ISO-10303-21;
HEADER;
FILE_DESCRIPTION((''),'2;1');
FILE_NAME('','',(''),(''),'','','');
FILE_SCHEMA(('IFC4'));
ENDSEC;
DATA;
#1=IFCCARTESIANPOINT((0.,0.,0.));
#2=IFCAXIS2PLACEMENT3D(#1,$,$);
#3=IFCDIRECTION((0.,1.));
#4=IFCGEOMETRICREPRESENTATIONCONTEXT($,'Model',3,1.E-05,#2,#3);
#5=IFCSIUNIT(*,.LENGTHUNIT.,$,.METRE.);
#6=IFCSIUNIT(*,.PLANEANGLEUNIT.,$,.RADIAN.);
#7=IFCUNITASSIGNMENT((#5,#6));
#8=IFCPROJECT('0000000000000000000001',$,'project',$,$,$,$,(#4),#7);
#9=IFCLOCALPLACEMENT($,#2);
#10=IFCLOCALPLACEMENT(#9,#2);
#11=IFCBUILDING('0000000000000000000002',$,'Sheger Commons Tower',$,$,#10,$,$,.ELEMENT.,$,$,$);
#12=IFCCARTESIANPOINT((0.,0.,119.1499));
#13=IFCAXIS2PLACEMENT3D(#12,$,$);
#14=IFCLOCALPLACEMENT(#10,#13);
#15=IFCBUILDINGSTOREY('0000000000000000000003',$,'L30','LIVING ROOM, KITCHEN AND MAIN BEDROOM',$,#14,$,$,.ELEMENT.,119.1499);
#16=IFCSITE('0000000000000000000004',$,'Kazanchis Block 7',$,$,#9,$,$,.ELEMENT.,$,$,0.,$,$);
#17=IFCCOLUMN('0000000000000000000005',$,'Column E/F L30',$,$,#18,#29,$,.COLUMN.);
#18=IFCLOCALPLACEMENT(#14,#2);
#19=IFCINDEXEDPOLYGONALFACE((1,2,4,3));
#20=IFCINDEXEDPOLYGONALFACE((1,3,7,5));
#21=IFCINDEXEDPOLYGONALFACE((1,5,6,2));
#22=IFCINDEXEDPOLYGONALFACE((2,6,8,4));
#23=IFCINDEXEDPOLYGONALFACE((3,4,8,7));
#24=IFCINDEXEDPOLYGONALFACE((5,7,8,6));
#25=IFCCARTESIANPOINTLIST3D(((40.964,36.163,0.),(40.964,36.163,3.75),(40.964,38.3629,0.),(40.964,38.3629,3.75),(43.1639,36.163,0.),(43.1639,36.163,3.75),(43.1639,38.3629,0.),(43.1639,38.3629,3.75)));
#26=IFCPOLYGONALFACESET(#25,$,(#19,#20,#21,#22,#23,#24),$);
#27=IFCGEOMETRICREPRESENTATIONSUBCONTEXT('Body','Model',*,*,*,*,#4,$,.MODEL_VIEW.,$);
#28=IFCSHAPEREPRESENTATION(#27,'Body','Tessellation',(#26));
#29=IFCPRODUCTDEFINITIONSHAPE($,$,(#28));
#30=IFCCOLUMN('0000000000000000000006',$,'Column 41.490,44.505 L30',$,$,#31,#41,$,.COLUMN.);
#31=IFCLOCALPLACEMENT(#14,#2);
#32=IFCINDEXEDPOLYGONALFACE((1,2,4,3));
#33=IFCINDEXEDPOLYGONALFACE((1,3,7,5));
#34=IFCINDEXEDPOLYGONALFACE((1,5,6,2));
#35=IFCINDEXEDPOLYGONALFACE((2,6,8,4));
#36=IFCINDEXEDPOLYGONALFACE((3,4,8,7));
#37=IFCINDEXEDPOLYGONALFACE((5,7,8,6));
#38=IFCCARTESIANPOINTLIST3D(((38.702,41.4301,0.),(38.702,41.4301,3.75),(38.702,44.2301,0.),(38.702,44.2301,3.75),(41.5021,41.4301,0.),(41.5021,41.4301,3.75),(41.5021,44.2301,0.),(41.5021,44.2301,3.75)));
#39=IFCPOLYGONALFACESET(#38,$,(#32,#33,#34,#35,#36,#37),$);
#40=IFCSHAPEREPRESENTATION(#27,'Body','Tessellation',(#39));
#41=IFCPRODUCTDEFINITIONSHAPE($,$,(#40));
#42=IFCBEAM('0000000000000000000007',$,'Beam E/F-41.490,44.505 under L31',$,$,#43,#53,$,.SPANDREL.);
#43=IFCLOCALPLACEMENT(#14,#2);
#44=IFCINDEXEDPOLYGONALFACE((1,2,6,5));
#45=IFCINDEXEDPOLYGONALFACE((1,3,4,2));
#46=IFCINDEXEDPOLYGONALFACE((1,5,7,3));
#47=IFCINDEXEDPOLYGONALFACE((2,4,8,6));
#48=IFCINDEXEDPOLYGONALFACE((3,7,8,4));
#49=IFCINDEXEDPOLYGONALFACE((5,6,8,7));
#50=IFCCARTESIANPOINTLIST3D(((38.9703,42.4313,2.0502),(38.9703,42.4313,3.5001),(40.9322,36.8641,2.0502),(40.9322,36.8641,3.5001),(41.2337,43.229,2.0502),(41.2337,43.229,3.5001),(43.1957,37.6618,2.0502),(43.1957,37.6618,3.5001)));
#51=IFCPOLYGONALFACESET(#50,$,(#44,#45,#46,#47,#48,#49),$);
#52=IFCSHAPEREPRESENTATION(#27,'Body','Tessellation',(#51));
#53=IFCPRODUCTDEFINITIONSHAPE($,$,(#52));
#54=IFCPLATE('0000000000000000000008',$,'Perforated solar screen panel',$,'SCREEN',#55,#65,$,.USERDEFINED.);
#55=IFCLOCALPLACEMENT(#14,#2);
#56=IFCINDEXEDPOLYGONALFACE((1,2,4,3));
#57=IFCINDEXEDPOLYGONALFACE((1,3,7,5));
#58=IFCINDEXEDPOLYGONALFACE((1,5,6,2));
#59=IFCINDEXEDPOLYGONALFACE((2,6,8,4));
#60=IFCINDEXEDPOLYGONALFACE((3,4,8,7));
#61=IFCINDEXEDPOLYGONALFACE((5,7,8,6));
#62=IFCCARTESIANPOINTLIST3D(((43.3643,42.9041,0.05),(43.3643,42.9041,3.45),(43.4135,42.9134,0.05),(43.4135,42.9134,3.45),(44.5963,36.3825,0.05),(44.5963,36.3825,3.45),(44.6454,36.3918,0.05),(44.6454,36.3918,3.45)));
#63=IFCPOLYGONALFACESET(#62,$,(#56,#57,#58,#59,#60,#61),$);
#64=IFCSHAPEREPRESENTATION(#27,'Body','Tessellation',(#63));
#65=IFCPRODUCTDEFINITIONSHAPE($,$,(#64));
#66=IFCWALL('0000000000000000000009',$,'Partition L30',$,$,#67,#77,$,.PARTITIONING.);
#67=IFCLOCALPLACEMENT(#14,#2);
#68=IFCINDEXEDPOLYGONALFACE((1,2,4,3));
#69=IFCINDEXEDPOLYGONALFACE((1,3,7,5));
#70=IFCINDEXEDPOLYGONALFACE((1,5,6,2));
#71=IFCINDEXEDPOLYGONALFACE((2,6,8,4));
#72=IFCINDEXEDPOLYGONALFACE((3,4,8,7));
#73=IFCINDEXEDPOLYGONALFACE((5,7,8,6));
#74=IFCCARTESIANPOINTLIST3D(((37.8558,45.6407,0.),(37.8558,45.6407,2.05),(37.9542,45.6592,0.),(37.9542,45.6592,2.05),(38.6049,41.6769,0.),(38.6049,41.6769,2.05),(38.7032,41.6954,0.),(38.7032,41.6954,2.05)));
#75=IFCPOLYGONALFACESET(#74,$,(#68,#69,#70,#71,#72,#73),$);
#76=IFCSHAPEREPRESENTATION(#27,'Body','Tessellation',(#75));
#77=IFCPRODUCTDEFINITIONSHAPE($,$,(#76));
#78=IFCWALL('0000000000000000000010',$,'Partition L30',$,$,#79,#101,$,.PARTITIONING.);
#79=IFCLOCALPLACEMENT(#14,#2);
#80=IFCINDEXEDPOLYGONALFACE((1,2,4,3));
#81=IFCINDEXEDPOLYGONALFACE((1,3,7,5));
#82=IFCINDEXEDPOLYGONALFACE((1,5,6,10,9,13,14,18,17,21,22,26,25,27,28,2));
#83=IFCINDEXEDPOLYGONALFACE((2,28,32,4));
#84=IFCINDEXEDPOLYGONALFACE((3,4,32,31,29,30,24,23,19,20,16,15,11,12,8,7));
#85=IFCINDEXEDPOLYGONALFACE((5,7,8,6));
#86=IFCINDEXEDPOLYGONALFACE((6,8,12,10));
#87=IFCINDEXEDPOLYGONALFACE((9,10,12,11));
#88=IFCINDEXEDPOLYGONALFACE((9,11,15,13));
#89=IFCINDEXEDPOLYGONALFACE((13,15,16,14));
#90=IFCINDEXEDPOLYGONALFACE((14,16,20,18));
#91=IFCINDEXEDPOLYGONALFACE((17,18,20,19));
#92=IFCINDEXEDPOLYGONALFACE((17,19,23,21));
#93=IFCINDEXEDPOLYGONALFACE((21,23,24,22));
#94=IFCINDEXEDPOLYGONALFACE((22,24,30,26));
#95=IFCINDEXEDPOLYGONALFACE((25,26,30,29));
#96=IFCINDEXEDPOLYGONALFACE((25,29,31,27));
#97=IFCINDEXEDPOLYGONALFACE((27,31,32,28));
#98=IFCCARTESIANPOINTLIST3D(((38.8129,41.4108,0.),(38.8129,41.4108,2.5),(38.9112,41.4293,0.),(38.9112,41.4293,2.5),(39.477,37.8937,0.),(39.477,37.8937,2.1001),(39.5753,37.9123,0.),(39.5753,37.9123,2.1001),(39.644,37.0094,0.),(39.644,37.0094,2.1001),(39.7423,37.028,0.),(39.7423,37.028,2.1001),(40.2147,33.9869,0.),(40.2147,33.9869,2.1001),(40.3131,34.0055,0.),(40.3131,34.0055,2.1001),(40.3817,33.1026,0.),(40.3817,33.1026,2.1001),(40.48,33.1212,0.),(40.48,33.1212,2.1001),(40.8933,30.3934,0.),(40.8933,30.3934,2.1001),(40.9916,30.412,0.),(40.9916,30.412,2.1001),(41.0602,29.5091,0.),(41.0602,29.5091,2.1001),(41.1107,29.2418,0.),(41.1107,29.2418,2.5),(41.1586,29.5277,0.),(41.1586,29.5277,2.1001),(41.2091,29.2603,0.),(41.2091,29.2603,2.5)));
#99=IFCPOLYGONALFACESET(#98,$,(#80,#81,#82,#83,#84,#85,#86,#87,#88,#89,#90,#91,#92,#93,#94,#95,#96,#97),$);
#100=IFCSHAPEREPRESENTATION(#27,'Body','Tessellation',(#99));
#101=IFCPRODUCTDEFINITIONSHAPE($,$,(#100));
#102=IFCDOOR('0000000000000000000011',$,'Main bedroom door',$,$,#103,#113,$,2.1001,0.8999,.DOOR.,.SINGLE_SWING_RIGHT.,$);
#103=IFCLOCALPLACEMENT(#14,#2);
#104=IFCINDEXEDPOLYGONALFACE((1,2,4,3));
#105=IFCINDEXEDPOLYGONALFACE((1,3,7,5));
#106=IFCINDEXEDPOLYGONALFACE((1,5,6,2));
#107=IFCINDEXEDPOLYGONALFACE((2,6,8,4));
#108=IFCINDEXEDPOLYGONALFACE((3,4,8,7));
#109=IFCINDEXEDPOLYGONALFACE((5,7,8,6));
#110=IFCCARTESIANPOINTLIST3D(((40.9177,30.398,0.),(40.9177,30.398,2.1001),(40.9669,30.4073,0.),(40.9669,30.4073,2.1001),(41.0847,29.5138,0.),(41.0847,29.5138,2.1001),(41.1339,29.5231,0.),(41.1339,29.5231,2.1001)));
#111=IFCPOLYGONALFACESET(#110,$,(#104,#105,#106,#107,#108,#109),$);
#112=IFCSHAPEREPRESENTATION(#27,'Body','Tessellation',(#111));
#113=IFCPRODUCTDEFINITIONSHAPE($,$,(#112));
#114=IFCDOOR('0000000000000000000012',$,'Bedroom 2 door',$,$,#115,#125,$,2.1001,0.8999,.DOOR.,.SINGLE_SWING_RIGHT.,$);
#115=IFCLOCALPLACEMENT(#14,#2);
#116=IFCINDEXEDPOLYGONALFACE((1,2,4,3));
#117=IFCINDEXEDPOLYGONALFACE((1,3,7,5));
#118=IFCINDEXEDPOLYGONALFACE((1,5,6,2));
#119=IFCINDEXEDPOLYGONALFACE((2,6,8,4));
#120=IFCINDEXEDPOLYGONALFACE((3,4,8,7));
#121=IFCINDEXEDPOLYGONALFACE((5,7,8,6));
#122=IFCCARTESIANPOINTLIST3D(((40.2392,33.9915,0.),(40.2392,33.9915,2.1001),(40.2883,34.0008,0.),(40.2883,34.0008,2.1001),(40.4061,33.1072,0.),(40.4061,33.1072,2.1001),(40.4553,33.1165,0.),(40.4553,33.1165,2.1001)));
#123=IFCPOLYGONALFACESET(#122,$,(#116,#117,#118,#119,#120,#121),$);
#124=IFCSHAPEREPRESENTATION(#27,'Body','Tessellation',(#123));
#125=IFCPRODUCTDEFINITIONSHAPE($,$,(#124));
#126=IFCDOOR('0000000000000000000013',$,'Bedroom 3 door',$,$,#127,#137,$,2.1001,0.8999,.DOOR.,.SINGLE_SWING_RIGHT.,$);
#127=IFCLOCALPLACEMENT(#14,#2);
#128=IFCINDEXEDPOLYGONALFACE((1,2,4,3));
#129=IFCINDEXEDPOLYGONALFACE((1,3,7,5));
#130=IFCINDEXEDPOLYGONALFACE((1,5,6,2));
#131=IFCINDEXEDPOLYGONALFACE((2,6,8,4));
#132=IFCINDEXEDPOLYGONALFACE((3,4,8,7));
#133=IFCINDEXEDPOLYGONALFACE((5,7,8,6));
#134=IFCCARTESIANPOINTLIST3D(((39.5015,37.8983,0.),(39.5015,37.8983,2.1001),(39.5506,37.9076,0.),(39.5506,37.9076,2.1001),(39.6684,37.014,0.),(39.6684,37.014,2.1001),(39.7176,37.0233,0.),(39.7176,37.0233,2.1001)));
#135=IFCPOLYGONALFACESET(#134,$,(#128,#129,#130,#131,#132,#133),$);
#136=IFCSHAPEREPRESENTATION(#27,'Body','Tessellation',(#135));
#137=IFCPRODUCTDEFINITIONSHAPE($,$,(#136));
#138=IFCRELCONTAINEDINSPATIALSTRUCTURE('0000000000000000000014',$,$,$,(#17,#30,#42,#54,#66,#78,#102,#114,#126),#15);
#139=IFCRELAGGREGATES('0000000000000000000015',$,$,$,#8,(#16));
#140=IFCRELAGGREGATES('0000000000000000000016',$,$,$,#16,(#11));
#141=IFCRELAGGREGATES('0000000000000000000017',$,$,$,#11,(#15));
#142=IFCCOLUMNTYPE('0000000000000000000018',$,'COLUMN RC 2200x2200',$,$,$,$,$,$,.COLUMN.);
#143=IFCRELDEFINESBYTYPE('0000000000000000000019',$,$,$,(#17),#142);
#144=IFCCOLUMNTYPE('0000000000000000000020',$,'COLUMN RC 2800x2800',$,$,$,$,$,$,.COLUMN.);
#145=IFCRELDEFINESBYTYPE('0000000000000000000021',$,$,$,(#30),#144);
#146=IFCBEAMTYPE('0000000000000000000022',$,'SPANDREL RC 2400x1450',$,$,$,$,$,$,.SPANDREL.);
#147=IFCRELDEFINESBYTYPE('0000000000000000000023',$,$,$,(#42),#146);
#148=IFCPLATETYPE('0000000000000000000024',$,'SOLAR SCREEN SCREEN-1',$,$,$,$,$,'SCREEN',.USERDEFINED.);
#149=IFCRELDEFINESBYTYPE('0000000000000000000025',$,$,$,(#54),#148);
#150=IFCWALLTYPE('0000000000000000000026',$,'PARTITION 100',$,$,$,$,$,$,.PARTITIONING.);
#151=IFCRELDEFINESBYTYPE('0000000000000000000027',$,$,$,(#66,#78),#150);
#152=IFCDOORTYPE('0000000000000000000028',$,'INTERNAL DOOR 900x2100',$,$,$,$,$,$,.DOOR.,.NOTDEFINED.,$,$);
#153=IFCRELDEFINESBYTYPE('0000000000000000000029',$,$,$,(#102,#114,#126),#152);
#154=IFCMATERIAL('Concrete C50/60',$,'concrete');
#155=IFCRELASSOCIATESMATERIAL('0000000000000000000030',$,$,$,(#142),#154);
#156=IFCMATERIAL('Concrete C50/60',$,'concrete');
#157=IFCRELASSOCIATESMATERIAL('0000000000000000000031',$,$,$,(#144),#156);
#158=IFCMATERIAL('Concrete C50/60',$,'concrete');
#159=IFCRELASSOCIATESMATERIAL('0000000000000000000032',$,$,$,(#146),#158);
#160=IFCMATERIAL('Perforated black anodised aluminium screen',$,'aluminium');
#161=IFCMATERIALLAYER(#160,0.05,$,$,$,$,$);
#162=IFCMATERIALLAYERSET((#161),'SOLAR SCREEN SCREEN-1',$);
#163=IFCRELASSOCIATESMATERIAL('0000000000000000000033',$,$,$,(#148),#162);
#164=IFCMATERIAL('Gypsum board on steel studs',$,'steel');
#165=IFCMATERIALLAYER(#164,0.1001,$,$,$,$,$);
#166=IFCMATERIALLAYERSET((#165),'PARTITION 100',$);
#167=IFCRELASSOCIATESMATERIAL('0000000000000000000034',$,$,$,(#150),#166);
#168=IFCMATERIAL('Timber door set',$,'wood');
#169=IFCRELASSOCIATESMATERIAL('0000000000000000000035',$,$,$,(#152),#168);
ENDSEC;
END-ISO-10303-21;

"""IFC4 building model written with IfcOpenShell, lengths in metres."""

from ifc_helpers import new_model, si_unit, direction, frame, frame_2d, origin, origin_2d, place, context, subcontext, project, spatial, rectangle, extrude, material, layer, layer_set, material_profile, profile_set, type_object, element, fill, save


model = new_model("IFC4")

# Units and contexts
model_context = context("Model", 3, precision=1e-05, world=origin(), true_north=direction((0.0, 1.0)))
body_context = subcontext(model_context, "Body", "Model", "MODEL_VIEW")
ifc_project = project(units=[si_unit("LENGTHUNIT", "METRE"), si_unit("PLANEANGLEUNIT", "RADIAN")], contexts=[model_context])

# Site, building, storey
site_placement = place(None, origin())
site = spatial("IfcSite", under=ifc_project, at=site_placement, Name="Kazanchis Block 7", CompositionType="ELEMENT", RefElevation=0.0)
building_placement = place(site_placement, origin())
building = spatial("IfcBuilding", under=site, at=building_placement, Name="Sheger Commons Tower", CompositionType="ELEMENT")
storey_placement = place(building_placement, frame((0.0, 0.0, 119.1499)))
storey = spatial("IfcBuildingStorey", under=building, at=storey_placement, Name="L30", Description="LIVING ROOM, KITCHEN AND MAIN BEDROOM", CompositionType="ELEMENT", Elevation=119.1499)

# Columns
ifc_material_1 = material(Name="Concrete C50/60", Category="concrete")
ifc_material_profile_1 = material_profile(ifc_material_1, rectangle(XDim=2.2, YDim=2.2, at=origin_2d()), Name="RC 2200x2200")
ifc_profile_set_1 = profile_set([ifc_material_profile_1], Name="Concrete C50/60")
column_type_1 = type_object("IfcColumnType", Name="COLUMN RC 2200x2200", PredefinedType="COLUMN", material=ifc_profile_set_1)
column_1_placement = place(storey_placement, frame((42.064, 37.2629, 0.0), z_axis=(0.0, 0.0, 1.0), x_axis=(1.0, 0.0, 0.0)))
element("IfcColumn", 1, at=column_1_placement, inside=storey, type_object=column_type_1, Name="Column E/F L30", PredefinedType="COLUMN", context=body_context, shape_type="SweptSolid", body=[
    extrude(rectangle(XDim=2.2, YDim=2.2, at=origin_2d()), origin(), (0.0, 0.0, 1.0), 3.75),
])
ifc_material_2 = material(Name="Concrete C50/60", Category="concrete")
ifc_material_profile_2 = material_profile(ifc_material_2, rectangle(XDim=2.8, YDim=2.8, at=origin_2d()), Name="RC 2800x2800")
ifc_profile_set_2 = profile_set([ifc_material_profile_2], Name="Concrete C50/60")
column_type_2 = type_object("IfcColumnType", Name="COLUMN RC 2800x2800", PredefinedType="COLUMN", material=ifc_profile_set_2)
column_2_placement = place(storey_placement, frame((40.1021, 42.8301, 0.0), z_axis=(0.0, 0.0, 1.0), x_axis=(1.0, 0.0, 0.0)))
element("IfcColumn", 2, at=column_2_placement, inside=storey, type_object=column_type_2, Name="Column 41.490,44.505 L30", PredefinedType="COLUMN", context=body_context, shape_type="SweptSolid", body=[
    extrude(rectangle(XDim=2.8, YDim=2.8, at=origin_2d()), origin(), (0.0, 0.0, 1.0), 3.75),
])

# Beam
ifc_material_3 = material(Name="Concrete C50/60", Category="concrete")
ifc_material_profile_3 = material_profile(ifc_material_3, rectangle(XDim=2.3999, YDim=1.45, at=origin_2d()), Name="RC 2400x1450")
ifc_profile_set_3 = profile_set([ifc_material_profile_3], Name="Concrete C50/60")
beam_type = type_object("IfcBeamType", Name="SPANDREL RC 2400x1450", PredefinedType="SPANDREL", material=ifc_profile_set_3)
beam_placement = place(storey_placement, frame((42.064, 37.2629, 2.7751), z_axis=(-0.332374, 0.943148, 0.0), x_axis=(-0.943148, -0.332374, 0.0)))
element("IfcBeam", 3, at=beam_placement, inside=storey, type_object=beam_type, Name="Beam E/F-41.490,44.505 under L31", PredefinedType="SPANDREL", context=body_context, shape_type="SweptSolid", body=[
    extrude(rectangle(XDim=2.3999, YDim=1.45, at=origin_2d()), origin(), (0.0, 0.0, 1.0), 5.9028),
])

# Plate
ifc_material_4 = material(Name="Perforated black anodised aluminium screen", Category="aluminium")
ifc_layer_1 = layer(ifc_material_4, 0.05)
ifc_layer_set_1 = layer_set([ifc_layer_1], Name="SOLAR SCREEN SCREEN-1")
plate_type = type_object("IfcPlateType", Name="SOLAR SCREEN SCREEN-1", ElementType="SCREEN", PredefinedType="USERDEFINED", material=ifc_layer_set_1)
plate_placement = place(storey_placement, frame((44.0049, 39.6479, 0.05), z_axis=(0.0, 0.0, 1.0), x_axis=(-0.185615, 0.982623, 0.0)))
element("IfcPlate", 4, at=plate_placement, inside=storey, type_object=plate_type, Name="Perforated solar screen panel", ObjectType="SCREEN", PredefinedType="USERDEFINED", context=body_context, shape_type="SweptSolid", body=[
    extrude(rectangle(XDim=6.637, YDim=0.05, at=origin_2d()), origin(), (0.0, 0.0, 1.0), 3.3999),
])

# Wall
ifc_material_5 = material(Name="Gypsum board on steel studs", Category="steel")
ifc_layer_2 = layer(ifc_material_5, 0.1001)
ifc_layer_set_2 = layer_set([ifc_layer_2], Name="PARTITION 100")
wall_type = type_object("IfcWallType", Name="PARTITION 100", PredefinedType="PARTITIONING", material=ifc_layer_set_2)
wall_1_placement = place(storey_placement, frame((38.6541, 41.686, 0.0), z_axis=(0.0, 0.0, 1.0), x_axis=(-0.185677, 0.982611, 0.0)))
element("IfcWall", 5, at=wall_1_placement, inside=storey, type_object=wall_type, Name="Partition L30", PredefinedType="PARTITIONING", context=body_context, shape_type="SweptSolid", body=[
    extrude(rectangle(XDim=4.0339, YDim=0.1001, at=frame_2d((2.0171, 0.0))), origin(), (0.0, 0.0, 1.0), 2.05),
])

# Wall, openings, doors
wall_2_placement = place(storey_placement, frame((38.8621, 41.4199, 0.0), z_axis=(0.0, 0.0, 1.0), x_axis=(0.18555, -0.982635, 0.0)))
wall_2 = element("IfcWall", 6, at=wall_2_placement, inside=storey, type_object=wall_type, Name="Partition L30", PredefinedType="PARTITIONING", context=body_context, shape_type="SweptSolid", body=[
    extrude(rectangle(XDim=12.384, YDim=0.1001, at=frame_2d((6.1919, 0.0))), origin(), (0.0, 0.0, 1.0), 2.5),
])
opening_1_placement = place(wall_2_placement, frame((11.2119, 0.0, 0.0)))
opening_1 = element("IfcOpeningElement", 7, at=opening_1_placement, cuts=wall_2, PredefinedType="OPENING", context=body_context, shape_type="SweptSolid", body=[
    extrude(rectangle(XDim=0.8999, YDim=2.1001, at=frame_2d((0.45, 1.05))), frame((0.0, 0.0601, 0.0), z_axis=(0.0, -1.0, 0.0), x_axis=(1.0, 0.0, 0.0)), (0.0, 0.0, 1.0), 0.1201),
])
opening_2_placement = place(wall_2_placement, frame((7.5549, 0.0, 0.0)))
opening_2 = element("IfcOpeningElement", 8, at=opening_2_placement, cuts=wall_2, PredefinedType="OPENING", context=body_context, shape_type="SweptSolid", body=[
    extrude(rectangle(XDim=0.8999, YDim=2.1001, at=frame_2d((0.45, 1.05))), frame((0.0, 0.0601, 0.0), z_axis=(0.0, -1.0, 0.0), x_axis=(1.0, 0.0, 0.0)), (0.0, 0.0, 1.0), 0.1201),
])
opening_3_placement = place(wall_2_placement, frame((3.5791, 0.0, 0.0)))
opening_3 = element("IfcOpeningElement", 9, at=opening_3_placement, cuts=wall_2, PredefinedType="OPENING", context=body_context, shape_type="SweptSolid", body=[
    extrude(rectangle(XDim=0.8999, YDim=2.1001, at=frame_2d((0.45, 1.05))), frame((0.0, 0.0601, 0.0), z_axis=(0.0, -1.0, 0.0), x_axis=(1.0, 0.0, 0.0)), (0.0, 0.0, 1.0), 0.1201),
])
ifc_material_6 = material(Name="Timber door set", Category="wood")
door_type = type_object("IfcDoorType", Name="INTERNAL DOOR 900x2100", OperationType="NOTDEFINED", PredefinedType="DOOR", material=ifc_material_6)
door_1_placement = place(opening_1_placement, origin())
door_1 = element("IfcDoor", 10, at=door_1_placement, inside=storey, type_object=door_type, Name="Main bedroom door", OperationType="SINGLE_SWING_RIGHT", OverallHeight=2.1001, OverallWidth=0.8999, PredefinedType="DOOR", context=body_context, shape_type="SweptSolid", body=[
    extrude(rectangle(XDim=0.8999, YDim=2.1001, at=frame_2d((0.45, 1.05))), frame((0.0, 0.0249, 0.0), z_axis=(0.0, -1.0, 0.0), x_axis=(1.0, 0.0, 0.0)), (0.0, 0.0, 1.0), 0.05),
])
fill(opening_1, door_1)
door_2_placement = place(opening_2_placement, origin())
door_2 = element("IfcDoor", 11, at=door_2_placement, inside=storey, type_object=door_type, Name="Bedroom 2 door", OperationType="SINGLE_SWING_RIGHT", OverallHeight=2.1001, OverallWidth=0.8999, PredefinedType="DOOR", context=body_context, shape_type="SweptSolid", body=[
    extrude(rectangle(XDim=0.8999, YDim=2.1001, at=frame_2d((0.45, 1.05))), frame((0.0, 0.0249, 0.0), z_axis=(0.0, -1.0, 0.0), x_axis=(1.0, 0.0, 0.0)), (0.0, 0.0, 1.0), 0.05),
])
fill(opening_2, door_2)
door_3_placement = place(opening_3_placement, origin())
door_3 = element("IfcDoor", 12, at=door_3_placement, inside=storey, type_object=door_type, Name="Bedroom 3 door", OperationType="SINGLE_SWING_RIGHT", OverallHeight=2.1001, OverallWidth=0.8999, PredefinedType="DOOR", context=body_context, shape_type="SweptSolid", body=[
    extrude(rectangle(XDim=0.8999, YDim=2.1001, at=frame_2d((0.45, 1.05))), frame((0.0, 0.0249, 0.0), z_axis=(0.0, -1.0, 0.0), x_axis=(1.0, 0.0, 0.0)), (0.0, 0.0, 1.0), 0.05),
])
fill(opening_3, door_3)

save(model, "model.ifc")
